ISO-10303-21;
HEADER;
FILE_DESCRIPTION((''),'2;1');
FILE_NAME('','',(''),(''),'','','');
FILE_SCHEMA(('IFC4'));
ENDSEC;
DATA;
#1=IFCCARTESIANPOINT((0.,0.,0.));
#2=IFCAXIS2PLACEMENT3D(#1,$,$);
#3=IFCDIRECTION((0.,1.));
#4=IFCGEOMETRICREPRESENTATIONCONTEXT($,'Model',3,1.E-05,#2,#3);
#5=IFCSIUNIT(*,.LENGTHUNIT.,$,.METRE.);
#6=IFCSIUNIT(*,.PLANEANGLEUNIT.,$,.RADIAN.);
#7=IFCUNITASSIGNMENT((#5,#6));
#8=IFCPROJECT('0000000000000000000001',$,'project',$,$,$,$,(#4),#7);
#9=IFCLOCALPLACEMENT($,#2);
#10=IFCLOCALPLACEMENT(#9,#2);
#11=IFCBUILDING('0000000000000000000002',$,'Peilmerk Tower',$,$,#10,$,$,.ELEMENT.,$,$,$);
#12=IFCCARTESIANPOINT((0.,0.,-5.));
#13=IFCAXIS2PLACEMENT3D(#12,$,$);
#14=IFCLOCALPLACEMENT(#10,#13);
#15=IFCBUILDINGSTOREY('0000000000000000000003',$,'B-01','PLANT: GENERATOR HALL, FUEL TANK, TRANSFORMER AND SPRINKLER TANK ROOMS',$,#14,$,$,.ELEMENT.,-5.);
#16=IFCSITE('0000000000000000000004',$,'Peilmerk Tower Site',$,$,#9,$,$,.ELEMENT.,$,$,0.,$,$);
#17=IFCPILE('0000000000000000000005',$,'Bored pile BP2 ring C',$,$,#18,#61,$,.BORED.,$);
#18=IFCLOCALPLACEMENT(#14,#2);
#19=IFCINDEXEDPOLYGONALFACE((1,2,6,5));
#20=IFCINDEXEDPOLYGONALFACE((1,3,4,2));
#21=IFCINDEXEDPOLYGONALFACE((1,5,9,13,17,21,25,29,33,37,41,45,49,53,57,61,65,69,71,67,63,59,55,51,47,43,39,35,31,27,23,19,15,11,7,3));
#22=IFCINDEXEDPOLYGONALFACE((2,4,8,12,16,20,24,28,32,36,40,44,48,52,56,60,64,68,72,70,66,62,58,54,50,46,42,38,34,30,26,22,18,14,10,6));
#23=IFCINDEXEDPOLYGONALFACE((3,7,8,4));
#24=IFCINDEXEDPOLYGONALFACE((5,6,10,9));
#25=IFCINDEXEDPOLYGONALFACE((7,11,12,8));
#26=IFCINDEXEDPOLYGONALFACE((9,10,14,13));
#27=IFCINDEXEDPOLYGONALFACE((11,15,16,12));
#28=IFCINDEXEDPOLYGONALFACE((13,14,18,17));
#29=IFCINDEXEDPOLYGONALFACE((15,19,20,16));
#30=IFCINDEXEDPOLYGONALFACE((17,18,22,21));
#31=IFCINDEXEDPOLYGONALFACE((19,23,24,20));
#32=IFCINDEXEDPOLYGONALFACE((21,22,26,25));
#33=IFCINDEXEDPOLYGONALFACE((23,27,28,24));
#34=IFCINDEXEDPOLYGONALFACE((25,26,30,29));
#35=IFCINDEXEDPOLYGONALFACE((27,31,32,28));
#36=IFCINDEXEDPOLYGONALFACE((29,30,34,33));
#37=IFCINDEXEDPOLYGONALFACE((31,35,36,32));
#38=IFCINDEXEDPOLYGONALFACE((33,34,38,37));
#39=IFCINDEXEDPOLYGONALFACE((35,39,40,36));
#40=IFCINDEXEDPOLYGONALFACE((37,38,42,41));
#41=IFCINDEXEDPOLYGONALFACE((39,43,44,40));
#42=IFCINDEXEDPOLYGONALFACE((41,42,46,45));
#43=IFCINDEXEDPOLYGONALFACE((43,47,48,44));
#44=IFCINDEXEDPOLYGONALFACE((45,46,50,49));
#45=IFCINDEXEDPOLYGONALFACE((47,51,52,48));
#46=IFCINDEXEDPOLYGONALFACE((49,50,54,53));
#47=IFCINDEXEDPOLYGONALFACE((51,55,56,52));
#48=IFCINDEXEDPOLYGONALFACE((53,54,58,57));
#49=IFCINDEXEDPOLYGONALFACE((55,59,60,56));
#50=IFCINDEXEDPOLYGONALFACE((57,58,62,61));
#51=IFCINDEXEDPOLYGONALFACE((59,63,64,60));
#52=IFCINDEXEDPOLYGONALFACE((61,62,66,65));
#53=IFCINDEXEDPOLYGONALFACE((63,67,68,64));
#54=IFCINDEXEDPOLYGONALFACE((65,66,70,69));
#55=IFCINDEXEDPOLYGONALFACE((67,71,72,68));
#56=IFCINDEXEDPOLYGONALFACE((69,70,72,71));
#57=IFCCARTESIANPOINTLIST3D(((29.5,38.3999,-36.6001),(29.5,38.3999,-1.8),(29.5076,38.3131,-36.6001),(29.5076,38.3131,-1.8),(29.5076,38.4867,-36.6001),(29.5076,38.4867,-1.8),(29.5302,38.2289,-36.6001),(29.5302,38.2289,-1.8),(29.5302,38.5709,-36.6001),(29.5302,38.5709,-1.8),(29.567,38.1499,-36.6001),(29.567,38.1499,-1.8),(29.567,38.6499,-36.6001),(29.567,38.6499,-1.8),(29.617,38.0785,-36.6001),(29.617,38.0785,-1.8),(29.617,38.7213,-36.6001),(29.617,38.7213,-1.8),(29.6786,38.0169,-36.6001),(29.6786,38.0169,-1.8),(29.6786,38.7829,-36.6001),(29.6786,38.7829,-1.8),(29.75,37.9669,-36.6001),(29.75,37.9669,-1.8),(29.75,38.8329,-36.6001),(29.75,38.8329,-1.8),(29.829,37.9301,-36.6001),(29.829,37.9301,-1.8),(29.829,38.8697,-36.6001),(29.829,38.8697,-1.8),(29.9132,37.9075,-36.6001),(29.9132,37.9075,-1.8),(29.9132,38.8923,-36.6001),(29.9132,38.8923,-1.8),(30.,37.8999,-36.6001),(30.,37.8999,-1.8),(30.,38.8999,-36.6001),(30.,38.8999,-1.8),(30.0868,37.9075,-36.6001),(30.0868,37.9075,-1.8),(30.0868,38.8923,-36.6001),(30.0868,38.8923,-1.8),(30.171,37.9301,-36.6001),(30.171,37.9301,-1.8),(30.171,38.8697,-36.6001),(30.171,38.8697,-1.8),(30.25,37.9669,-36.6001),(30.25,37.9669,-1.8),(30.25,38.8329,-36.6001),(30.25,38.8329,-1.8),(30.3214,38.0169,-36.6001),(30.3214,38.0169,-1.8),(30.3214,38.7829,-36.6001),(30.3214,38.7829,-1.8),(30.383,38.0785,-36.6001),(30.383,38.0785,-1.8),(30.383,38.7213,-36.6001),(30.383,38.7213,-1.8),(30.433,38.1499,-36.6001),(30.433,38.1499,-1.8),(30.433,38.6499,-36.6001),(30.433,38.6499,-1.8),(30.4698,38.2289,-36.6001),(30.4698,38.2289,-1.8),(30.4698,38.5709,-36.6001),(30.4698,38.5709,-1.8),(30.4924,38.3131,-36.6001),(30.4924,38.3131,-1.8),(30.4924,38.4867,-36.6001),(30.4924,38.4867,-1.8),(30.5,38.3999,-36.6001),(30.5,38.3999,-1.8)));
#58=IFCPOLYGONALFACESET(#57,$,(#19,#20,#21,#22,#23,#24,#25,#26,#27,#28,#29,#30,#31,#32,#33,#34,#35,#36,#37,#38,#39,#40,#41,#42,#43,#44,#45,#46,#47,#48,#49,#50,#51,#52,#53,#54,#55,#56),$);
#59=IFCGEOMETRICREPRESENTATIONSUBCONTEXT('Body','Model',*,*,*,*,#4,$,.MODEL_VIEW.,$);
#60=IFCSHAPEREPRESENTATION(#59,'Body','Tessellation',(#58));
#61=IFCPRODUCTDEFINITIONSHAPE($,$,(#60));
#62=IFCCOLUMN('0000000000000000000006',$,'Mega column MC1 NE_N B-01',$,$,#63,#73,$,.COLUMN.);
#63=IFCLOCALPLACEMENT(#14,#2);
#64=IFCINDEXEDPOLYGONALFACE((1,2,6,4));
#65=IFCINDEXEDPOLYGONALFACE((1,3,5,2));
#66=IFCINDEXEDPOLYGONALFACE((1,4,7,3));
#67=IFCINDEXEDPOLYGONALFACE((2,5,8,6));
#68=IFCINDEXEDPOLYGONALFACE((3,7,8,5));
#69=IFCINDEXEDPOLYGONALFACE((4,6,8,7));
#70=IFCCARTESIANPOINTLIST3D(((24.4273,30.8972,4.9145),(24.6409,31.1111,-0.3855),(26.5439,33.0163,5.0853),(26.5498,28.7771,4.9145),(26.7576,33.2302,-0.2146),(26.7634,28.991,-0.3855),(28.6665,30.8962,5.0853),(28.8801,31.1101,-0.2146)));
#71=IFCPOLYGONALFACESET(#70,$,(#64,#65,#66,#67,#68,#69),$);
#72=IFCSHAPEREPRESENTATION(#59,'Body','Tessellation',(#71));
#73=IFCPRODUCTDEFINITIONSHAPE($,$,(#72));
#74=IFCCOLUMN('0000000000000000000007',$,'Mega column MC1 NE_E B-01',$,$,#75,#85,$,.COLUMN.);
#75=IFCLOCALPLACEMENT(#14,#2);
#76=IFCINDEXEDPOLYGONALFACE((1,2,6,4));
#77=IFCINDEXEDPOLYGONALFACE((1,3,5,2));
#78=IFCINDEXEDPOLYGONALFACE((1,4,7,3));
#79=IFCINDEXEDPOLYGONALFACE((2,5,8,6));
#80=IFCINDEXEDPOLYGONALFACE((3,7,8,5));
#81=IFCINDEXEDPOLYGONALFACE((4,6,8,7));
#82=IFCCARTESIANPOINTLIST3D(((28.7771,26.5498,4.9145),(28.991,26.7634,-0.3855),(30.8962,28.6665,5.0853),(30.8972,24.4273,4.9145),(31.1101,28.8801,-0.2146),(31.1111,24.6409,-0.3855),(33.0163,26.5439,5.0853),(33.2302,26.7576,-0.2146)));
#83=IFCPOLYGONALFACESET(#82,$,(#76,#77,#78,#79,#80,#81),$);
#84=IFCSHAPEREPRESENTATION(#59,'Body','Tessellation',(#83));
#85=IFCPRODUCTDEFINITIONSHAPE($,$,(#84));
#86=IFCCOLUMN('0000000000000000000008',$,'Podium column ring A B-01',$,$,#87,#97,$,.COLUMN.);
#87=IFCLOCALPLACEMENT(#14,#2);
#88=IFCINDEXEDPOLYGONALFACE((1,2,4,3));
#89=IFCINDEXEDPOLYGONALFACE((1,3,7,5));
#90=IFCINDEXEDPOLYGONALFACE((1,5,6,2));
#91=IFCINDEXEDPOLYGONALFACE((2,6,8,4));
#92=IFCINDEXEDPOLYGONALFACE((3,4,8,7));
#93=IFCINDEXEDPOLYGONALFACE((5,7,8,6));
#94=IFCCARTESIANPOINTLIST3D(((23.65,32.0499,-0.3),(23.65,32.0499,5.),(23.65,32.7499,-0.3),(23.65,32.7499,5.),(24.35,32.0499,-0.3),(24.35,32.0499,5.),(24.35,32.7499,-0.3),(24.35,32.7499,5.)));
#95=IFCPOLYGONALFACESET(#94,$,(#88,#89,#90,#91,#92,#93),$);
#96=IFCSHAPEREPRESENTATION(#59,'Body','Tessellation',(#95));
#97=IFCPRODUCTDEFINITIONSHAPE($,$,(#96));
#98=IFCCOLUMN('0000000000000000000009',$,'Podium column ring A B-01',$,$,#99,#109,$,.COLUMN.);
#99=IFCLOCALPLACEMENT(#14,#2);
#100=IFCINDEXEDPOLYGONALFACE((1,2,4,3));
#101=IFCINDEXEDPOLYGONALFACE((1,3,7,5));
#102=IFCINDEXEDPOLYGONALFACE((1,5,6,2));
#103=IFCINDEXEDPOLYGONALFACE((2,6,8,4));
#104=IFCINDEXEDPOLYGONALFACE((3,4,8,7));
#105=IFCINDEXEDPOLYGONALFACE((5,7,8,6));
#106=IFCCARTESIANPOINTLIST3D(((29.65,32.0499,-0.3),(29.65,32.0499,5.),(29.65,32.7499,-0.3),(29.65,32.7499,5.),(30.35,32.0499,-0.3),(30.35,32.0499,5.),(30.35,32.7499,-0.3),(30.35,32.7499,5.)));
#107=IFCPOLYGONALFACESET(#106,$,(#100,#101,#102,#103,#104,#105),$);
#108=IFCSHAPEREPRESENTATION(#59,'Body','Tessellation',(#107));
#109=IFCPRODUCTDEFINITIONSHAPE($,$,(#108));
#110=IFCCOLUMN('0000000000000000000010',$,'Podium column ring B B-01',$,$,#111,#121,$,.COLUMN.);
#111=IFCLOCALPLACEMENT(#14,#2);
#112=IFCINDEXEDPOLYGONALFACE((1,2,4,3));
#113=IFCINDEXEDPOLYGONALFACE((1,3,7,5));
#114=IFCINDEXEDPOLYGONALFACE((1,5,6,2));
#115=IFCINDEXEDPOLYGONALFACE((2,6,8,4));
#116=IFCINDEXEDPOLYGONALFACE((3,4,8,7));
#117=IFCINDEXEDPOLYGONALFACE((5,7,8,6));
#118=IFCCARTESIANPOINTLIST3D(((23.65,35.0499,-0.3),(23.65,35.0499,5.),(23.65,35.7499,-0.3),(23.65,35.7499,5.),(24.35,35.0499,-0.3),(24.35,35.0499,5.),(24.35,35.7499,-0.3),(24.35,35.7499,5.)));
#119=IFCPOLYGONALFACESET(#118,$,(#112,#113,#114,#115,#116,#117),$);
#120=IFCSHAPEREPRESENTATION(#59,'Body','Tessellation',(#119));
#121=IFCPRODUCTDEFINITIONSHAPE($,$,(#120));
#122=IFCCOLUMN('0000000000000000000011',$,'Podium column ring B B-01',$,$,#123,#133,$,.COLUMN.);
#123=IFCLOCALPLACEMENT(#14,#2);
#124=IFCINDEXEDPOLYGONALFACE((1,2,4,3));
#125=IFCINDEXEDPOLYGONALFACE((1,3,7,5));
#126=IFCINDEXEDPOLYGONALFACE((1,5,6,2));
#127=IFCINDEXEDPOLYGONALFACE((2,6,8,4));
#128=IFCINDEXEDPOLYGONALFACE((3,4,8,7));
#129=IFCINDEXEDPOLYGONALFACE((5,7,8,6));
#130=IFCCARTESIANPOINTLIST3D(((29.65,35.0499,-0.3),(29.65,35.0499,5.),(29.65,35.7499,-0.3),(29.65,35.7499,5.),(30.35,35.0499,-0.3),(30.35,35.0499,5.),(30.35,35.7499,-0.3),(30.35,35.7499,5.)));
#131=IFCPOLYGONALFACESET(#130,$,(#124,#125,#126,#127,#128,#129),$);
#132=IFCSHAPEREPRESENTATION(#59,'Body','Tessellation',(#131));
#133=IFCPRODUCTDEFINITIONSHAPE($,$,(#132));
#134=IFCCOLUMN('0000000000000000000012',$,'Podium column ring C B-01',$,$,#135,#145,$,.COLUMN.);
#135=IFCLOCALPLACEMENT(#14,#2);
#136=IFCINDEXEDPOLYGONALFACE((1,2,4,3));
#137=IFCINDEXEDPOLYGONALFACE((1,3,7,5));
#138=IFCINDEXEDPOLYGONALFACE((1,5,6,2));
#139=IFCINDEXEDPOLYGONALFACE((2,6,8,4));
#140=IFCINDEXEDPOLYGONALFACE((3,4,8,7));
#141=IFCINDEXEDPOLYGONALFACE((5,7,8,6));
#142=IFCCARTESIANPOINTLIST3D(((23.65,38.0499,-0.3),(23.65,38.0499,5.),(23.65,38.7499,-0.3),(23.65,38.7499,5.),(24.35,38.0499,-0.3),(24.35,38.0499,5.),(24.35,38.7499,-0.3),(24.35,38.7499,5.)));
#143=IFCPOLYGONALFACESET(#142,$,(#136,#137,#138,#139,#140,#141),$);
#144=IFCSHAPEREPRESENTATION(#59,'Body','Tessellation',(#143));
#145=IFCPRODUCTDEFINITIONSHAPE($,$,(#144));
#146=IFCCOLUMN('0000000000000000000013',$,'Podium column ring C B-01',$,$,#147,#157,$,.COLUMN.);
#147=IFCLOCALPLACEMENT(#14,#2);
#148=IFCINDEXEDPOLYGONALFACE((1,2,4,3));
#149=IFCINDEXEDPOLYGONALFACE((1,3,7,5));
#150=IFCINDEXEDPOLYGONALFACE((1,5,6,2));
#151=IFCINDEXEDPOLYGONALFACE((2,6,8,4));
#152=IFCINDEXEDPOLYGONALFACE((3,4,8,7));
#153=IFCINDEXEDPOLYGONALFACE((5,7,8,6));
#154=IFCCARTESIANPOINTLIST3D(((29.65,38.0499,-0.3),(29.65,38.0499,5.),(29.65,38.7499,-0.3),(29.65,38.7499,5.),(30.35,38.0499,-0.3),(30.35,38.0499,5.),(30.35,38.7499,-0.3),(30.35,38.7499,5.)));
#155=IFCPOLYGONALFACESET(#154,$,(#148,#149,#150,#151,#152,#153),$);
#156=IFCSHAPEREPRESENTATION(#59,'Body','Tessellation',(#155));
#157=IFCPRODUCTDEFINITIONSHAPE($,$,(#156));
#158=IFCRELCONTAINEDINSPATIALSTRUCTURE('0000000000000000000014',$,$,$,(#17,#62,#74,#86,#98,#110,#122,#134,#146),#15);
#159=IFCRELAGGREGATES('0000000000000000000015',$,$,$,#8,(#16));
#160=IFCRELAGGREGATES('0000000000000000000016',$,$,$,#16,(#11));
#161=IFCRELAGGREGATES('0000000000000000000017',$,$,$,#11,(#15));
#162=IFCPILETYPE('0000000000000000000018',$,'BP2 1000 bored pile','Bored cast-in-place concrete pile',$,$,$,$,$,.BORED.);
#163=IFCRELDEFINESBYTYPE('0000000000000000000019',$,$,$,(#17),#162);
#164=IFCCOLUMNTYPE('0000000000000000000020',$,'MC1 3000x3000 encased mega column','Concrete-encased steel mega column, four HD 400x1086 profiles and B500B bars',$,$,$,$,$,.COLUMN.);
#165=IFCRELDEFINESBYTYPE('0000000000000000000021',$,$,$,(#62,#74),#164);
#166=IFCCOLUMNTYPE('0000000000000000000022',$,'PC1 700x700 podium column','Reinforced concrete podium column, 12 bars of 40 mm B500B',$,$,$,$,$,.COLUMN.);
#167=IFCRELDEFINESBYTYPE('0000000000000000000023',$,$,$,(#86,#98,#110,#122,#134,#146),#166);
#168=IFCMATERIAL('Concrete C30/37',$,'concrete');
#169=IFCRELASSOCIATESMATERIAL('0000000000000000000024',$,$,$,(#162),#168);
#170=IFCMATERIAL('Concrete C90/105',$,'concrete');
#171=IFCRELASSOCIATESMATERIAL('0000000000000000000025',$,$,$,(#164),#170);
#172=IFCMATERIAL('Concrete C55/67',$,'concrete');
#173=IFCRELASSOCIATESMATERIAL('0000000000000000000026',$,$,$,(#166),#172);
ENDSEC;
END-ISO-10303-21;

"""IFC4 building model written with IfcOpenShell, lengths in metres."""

from ifc_helpers import new_model, si_unit, direction, frame, origin, origin_2d, place, context, subcontext, project, spatial, rectangle, circle, extrude, material, material_profile, profile_set, type_object, element, save


model = new_model("IFC4")

# Units and contexts
model_context = context("Model", 3, precision=1e-05, world=origin(), true_north=direction((0.0, 1.0)))
body_context = subcontext(model_context, "Body", "Model", "MODEL_VIEW")
ifc_project = project(units=[si_unit("LENGTHUNIT", "METRE"), si_unit("PLANEANGLEUNIT", "RADIAN")], contexts=[model_context])

# Site, building, storey
site_placement = place(None, origin())
site = spatial("IfcSite", under=ifc_project, at=site_placement, Name="Peilmerk Tower Site", CompositionType="ELEMENT", RefElevation=0.0)
building_placement = place(site_placement, origin())
building = spatial("IfcBuilding", under=site, at=building_placement, Name="Peilmerk Tower", CompositionType="ELEMENT")
storey_placement = place(building_placement, frame((0.0, 0.0, -5.0)))
storey = spatial("IfcBuildingStorey", under=building, at=storey_placement, Name="B-01", Description="PLANT: GENERATOR HALL, FUEL TANK, TRANSFORMER AND SPRINKLER TANK ROOMS", CompositionType="ELEMENT", Elevation=-5.0)

# Pile
ifc_material_1 = material(Name="Concrete C30/37", Category="concrete")
ifc_material_profile_1 = material_profile(ifc_material_1, circle(Radius=0.5, at=origin_2d()), Name="BP 1000")
ifc_profile_set_1 = profile_set([ifc_material_profile_1], Name="Concrete C30/37")
pile_type_1 = type_object("IfcPileType", Name="BP2 1000 bored pile", Description="Bored cast-in-place concrete pile", PredefinedType="BORED", material=ifc_profile_set_1)
for number, where, z_axis, x_axis, name in (
    (1, (30.0, 38.3999, -1.8), (0.0, 0.0, -1.0), (1.0, 0.0, 0.0), "Bored pile BP2 ring C"),
):
    element("IfcPile", number, at=place(storey_placement, frame(where, z_axis=z_axis, x_axis=x_axis)), inside=storey, type_object=pile_type_1, Name=name, PredefinedType="BORED", context=body_context, shape_type="SweptSolid", body=[
        extrude(circle(Radius=0.5, at=origin_2d()), origin(), (0.0, 0.0, 1.0), 34.8),
    ])

# Columns
ifc_material_2 = material(Name="Concrete C90/105", Category="concrete")
ifc_material_profile_2 = material_profile(ifc_material_2, rectangle(XDim=3.0, YDim=3.0, at=origin_2d()), Name="RC 3000x3000")
ifc_profile_set_2 = profile_set([ifc_material_profile_2], Name="Concrete C90/105")
column_type_1 = type_object("IfcColumnType", Name="MC1 3000x3000 encased mega column", Description="Concrete-encased steel mega column, four HD 400x1086 profiles and B500B bars", PredefinedType="COLUMN", material=ifc_profile_set_2)
for number, where, z_axis, x_axis, name in (
    (2, (26.7605, 31.1106, -0.3), (-0.04024, -0.040286, 0.998378), (0.70751, -0.706703, 0.0), "Mega column MC1 NE_N B-01"),
    (3, (31.1106, 26.7605, -0.3), (-0.040286, -0.04024, 0.998378), (0.706703, -0.70751, 0.0), "Mega column MC1 NE_E B-01"),
):
    element("IfcColumn", number, at=place(storey_placement, frame(where, z_axis=z_axis, x_axis=x_axis)), inside=storey, type_object=column_type_1, Name=name, PredefinedType="COLUMN", context=body_context, shape_type="SweptSolid", body=[
        extrude(rectangle(XDim=3.0, YDim=3.0, at=origin_2d()), origin(), (0.0, 0.0, 1.0), 5.3086),
    ])
ifc_material_3 = material(Name="Concrete C55/67", Category="concrete")
ifc_material_profile_3 = material_profile(ifc_material_3, rectangle(XDim=0.7, YDim=0.7, at=origin_2d()), Name="RC 700x700")
ifc_profile_set_3 = profile_set([ifc_material_profile_3], Name="Concrete C55/67")
column_type_2 = type_object("IfcColumnType", Name="PC1 700x700 podium column", Description="Reinforced concrete podium column, 12 bars of 40 mm B500B", PredefinedType="COLUMN", material=ifc_profile_set_3)
for number, where, z_axis, x_axis, name in (
    (4, (24.0, 32.3999, -0.3), (0.0, 0.0, 1.0), (1.0, 0.0, 0.0), "Podium column ring A B-01"),
    (5, (30.0, 32.3999, -0.3), (0.0, 0.0, 1.0), (1.0, 0.0, 0.0), "Podium column ring A B-01"),
    (6, (24.0, 35.3999, -0.3), (0.0, 0.0, 1.0), (1.0, 0.0, 0.0), "Podium column ring B B-01"),
    (7, (30.0, 35.3999, -0.3), (0.0, 0.0, 1.0), (1.0, 0.0, 0.0), "Podium column ring B B-01"),
    (8, (24.0, 38.3999, -0.3), (0.0, 0.0, 1.0), (1.0, 0.0, 0.0), "Podium column ring C B-01"),
    (9, (30.0, 38.3999, -0.3), (0.0, 0.0, 1.0), (1.0, 0.0, 0.0), "Podium column ring C B-01"),
):
    element("IfcColumn", number, at=place(storey_placement, frame(where, z_axis=z_axis, x_axis=x_axis)), inside=storey, type_object=column_type_2, Name=name, PredefinedType="COLUMN", context=body_context, shape_type="SweptSolid", body=[
        extrude(rectangle(XDim=0.7, YDim=0.7, at=origin_2d()), origin(), (0.0, 0.0, 1.0), 5.3),
    ])

save(model, "model.ifc")
